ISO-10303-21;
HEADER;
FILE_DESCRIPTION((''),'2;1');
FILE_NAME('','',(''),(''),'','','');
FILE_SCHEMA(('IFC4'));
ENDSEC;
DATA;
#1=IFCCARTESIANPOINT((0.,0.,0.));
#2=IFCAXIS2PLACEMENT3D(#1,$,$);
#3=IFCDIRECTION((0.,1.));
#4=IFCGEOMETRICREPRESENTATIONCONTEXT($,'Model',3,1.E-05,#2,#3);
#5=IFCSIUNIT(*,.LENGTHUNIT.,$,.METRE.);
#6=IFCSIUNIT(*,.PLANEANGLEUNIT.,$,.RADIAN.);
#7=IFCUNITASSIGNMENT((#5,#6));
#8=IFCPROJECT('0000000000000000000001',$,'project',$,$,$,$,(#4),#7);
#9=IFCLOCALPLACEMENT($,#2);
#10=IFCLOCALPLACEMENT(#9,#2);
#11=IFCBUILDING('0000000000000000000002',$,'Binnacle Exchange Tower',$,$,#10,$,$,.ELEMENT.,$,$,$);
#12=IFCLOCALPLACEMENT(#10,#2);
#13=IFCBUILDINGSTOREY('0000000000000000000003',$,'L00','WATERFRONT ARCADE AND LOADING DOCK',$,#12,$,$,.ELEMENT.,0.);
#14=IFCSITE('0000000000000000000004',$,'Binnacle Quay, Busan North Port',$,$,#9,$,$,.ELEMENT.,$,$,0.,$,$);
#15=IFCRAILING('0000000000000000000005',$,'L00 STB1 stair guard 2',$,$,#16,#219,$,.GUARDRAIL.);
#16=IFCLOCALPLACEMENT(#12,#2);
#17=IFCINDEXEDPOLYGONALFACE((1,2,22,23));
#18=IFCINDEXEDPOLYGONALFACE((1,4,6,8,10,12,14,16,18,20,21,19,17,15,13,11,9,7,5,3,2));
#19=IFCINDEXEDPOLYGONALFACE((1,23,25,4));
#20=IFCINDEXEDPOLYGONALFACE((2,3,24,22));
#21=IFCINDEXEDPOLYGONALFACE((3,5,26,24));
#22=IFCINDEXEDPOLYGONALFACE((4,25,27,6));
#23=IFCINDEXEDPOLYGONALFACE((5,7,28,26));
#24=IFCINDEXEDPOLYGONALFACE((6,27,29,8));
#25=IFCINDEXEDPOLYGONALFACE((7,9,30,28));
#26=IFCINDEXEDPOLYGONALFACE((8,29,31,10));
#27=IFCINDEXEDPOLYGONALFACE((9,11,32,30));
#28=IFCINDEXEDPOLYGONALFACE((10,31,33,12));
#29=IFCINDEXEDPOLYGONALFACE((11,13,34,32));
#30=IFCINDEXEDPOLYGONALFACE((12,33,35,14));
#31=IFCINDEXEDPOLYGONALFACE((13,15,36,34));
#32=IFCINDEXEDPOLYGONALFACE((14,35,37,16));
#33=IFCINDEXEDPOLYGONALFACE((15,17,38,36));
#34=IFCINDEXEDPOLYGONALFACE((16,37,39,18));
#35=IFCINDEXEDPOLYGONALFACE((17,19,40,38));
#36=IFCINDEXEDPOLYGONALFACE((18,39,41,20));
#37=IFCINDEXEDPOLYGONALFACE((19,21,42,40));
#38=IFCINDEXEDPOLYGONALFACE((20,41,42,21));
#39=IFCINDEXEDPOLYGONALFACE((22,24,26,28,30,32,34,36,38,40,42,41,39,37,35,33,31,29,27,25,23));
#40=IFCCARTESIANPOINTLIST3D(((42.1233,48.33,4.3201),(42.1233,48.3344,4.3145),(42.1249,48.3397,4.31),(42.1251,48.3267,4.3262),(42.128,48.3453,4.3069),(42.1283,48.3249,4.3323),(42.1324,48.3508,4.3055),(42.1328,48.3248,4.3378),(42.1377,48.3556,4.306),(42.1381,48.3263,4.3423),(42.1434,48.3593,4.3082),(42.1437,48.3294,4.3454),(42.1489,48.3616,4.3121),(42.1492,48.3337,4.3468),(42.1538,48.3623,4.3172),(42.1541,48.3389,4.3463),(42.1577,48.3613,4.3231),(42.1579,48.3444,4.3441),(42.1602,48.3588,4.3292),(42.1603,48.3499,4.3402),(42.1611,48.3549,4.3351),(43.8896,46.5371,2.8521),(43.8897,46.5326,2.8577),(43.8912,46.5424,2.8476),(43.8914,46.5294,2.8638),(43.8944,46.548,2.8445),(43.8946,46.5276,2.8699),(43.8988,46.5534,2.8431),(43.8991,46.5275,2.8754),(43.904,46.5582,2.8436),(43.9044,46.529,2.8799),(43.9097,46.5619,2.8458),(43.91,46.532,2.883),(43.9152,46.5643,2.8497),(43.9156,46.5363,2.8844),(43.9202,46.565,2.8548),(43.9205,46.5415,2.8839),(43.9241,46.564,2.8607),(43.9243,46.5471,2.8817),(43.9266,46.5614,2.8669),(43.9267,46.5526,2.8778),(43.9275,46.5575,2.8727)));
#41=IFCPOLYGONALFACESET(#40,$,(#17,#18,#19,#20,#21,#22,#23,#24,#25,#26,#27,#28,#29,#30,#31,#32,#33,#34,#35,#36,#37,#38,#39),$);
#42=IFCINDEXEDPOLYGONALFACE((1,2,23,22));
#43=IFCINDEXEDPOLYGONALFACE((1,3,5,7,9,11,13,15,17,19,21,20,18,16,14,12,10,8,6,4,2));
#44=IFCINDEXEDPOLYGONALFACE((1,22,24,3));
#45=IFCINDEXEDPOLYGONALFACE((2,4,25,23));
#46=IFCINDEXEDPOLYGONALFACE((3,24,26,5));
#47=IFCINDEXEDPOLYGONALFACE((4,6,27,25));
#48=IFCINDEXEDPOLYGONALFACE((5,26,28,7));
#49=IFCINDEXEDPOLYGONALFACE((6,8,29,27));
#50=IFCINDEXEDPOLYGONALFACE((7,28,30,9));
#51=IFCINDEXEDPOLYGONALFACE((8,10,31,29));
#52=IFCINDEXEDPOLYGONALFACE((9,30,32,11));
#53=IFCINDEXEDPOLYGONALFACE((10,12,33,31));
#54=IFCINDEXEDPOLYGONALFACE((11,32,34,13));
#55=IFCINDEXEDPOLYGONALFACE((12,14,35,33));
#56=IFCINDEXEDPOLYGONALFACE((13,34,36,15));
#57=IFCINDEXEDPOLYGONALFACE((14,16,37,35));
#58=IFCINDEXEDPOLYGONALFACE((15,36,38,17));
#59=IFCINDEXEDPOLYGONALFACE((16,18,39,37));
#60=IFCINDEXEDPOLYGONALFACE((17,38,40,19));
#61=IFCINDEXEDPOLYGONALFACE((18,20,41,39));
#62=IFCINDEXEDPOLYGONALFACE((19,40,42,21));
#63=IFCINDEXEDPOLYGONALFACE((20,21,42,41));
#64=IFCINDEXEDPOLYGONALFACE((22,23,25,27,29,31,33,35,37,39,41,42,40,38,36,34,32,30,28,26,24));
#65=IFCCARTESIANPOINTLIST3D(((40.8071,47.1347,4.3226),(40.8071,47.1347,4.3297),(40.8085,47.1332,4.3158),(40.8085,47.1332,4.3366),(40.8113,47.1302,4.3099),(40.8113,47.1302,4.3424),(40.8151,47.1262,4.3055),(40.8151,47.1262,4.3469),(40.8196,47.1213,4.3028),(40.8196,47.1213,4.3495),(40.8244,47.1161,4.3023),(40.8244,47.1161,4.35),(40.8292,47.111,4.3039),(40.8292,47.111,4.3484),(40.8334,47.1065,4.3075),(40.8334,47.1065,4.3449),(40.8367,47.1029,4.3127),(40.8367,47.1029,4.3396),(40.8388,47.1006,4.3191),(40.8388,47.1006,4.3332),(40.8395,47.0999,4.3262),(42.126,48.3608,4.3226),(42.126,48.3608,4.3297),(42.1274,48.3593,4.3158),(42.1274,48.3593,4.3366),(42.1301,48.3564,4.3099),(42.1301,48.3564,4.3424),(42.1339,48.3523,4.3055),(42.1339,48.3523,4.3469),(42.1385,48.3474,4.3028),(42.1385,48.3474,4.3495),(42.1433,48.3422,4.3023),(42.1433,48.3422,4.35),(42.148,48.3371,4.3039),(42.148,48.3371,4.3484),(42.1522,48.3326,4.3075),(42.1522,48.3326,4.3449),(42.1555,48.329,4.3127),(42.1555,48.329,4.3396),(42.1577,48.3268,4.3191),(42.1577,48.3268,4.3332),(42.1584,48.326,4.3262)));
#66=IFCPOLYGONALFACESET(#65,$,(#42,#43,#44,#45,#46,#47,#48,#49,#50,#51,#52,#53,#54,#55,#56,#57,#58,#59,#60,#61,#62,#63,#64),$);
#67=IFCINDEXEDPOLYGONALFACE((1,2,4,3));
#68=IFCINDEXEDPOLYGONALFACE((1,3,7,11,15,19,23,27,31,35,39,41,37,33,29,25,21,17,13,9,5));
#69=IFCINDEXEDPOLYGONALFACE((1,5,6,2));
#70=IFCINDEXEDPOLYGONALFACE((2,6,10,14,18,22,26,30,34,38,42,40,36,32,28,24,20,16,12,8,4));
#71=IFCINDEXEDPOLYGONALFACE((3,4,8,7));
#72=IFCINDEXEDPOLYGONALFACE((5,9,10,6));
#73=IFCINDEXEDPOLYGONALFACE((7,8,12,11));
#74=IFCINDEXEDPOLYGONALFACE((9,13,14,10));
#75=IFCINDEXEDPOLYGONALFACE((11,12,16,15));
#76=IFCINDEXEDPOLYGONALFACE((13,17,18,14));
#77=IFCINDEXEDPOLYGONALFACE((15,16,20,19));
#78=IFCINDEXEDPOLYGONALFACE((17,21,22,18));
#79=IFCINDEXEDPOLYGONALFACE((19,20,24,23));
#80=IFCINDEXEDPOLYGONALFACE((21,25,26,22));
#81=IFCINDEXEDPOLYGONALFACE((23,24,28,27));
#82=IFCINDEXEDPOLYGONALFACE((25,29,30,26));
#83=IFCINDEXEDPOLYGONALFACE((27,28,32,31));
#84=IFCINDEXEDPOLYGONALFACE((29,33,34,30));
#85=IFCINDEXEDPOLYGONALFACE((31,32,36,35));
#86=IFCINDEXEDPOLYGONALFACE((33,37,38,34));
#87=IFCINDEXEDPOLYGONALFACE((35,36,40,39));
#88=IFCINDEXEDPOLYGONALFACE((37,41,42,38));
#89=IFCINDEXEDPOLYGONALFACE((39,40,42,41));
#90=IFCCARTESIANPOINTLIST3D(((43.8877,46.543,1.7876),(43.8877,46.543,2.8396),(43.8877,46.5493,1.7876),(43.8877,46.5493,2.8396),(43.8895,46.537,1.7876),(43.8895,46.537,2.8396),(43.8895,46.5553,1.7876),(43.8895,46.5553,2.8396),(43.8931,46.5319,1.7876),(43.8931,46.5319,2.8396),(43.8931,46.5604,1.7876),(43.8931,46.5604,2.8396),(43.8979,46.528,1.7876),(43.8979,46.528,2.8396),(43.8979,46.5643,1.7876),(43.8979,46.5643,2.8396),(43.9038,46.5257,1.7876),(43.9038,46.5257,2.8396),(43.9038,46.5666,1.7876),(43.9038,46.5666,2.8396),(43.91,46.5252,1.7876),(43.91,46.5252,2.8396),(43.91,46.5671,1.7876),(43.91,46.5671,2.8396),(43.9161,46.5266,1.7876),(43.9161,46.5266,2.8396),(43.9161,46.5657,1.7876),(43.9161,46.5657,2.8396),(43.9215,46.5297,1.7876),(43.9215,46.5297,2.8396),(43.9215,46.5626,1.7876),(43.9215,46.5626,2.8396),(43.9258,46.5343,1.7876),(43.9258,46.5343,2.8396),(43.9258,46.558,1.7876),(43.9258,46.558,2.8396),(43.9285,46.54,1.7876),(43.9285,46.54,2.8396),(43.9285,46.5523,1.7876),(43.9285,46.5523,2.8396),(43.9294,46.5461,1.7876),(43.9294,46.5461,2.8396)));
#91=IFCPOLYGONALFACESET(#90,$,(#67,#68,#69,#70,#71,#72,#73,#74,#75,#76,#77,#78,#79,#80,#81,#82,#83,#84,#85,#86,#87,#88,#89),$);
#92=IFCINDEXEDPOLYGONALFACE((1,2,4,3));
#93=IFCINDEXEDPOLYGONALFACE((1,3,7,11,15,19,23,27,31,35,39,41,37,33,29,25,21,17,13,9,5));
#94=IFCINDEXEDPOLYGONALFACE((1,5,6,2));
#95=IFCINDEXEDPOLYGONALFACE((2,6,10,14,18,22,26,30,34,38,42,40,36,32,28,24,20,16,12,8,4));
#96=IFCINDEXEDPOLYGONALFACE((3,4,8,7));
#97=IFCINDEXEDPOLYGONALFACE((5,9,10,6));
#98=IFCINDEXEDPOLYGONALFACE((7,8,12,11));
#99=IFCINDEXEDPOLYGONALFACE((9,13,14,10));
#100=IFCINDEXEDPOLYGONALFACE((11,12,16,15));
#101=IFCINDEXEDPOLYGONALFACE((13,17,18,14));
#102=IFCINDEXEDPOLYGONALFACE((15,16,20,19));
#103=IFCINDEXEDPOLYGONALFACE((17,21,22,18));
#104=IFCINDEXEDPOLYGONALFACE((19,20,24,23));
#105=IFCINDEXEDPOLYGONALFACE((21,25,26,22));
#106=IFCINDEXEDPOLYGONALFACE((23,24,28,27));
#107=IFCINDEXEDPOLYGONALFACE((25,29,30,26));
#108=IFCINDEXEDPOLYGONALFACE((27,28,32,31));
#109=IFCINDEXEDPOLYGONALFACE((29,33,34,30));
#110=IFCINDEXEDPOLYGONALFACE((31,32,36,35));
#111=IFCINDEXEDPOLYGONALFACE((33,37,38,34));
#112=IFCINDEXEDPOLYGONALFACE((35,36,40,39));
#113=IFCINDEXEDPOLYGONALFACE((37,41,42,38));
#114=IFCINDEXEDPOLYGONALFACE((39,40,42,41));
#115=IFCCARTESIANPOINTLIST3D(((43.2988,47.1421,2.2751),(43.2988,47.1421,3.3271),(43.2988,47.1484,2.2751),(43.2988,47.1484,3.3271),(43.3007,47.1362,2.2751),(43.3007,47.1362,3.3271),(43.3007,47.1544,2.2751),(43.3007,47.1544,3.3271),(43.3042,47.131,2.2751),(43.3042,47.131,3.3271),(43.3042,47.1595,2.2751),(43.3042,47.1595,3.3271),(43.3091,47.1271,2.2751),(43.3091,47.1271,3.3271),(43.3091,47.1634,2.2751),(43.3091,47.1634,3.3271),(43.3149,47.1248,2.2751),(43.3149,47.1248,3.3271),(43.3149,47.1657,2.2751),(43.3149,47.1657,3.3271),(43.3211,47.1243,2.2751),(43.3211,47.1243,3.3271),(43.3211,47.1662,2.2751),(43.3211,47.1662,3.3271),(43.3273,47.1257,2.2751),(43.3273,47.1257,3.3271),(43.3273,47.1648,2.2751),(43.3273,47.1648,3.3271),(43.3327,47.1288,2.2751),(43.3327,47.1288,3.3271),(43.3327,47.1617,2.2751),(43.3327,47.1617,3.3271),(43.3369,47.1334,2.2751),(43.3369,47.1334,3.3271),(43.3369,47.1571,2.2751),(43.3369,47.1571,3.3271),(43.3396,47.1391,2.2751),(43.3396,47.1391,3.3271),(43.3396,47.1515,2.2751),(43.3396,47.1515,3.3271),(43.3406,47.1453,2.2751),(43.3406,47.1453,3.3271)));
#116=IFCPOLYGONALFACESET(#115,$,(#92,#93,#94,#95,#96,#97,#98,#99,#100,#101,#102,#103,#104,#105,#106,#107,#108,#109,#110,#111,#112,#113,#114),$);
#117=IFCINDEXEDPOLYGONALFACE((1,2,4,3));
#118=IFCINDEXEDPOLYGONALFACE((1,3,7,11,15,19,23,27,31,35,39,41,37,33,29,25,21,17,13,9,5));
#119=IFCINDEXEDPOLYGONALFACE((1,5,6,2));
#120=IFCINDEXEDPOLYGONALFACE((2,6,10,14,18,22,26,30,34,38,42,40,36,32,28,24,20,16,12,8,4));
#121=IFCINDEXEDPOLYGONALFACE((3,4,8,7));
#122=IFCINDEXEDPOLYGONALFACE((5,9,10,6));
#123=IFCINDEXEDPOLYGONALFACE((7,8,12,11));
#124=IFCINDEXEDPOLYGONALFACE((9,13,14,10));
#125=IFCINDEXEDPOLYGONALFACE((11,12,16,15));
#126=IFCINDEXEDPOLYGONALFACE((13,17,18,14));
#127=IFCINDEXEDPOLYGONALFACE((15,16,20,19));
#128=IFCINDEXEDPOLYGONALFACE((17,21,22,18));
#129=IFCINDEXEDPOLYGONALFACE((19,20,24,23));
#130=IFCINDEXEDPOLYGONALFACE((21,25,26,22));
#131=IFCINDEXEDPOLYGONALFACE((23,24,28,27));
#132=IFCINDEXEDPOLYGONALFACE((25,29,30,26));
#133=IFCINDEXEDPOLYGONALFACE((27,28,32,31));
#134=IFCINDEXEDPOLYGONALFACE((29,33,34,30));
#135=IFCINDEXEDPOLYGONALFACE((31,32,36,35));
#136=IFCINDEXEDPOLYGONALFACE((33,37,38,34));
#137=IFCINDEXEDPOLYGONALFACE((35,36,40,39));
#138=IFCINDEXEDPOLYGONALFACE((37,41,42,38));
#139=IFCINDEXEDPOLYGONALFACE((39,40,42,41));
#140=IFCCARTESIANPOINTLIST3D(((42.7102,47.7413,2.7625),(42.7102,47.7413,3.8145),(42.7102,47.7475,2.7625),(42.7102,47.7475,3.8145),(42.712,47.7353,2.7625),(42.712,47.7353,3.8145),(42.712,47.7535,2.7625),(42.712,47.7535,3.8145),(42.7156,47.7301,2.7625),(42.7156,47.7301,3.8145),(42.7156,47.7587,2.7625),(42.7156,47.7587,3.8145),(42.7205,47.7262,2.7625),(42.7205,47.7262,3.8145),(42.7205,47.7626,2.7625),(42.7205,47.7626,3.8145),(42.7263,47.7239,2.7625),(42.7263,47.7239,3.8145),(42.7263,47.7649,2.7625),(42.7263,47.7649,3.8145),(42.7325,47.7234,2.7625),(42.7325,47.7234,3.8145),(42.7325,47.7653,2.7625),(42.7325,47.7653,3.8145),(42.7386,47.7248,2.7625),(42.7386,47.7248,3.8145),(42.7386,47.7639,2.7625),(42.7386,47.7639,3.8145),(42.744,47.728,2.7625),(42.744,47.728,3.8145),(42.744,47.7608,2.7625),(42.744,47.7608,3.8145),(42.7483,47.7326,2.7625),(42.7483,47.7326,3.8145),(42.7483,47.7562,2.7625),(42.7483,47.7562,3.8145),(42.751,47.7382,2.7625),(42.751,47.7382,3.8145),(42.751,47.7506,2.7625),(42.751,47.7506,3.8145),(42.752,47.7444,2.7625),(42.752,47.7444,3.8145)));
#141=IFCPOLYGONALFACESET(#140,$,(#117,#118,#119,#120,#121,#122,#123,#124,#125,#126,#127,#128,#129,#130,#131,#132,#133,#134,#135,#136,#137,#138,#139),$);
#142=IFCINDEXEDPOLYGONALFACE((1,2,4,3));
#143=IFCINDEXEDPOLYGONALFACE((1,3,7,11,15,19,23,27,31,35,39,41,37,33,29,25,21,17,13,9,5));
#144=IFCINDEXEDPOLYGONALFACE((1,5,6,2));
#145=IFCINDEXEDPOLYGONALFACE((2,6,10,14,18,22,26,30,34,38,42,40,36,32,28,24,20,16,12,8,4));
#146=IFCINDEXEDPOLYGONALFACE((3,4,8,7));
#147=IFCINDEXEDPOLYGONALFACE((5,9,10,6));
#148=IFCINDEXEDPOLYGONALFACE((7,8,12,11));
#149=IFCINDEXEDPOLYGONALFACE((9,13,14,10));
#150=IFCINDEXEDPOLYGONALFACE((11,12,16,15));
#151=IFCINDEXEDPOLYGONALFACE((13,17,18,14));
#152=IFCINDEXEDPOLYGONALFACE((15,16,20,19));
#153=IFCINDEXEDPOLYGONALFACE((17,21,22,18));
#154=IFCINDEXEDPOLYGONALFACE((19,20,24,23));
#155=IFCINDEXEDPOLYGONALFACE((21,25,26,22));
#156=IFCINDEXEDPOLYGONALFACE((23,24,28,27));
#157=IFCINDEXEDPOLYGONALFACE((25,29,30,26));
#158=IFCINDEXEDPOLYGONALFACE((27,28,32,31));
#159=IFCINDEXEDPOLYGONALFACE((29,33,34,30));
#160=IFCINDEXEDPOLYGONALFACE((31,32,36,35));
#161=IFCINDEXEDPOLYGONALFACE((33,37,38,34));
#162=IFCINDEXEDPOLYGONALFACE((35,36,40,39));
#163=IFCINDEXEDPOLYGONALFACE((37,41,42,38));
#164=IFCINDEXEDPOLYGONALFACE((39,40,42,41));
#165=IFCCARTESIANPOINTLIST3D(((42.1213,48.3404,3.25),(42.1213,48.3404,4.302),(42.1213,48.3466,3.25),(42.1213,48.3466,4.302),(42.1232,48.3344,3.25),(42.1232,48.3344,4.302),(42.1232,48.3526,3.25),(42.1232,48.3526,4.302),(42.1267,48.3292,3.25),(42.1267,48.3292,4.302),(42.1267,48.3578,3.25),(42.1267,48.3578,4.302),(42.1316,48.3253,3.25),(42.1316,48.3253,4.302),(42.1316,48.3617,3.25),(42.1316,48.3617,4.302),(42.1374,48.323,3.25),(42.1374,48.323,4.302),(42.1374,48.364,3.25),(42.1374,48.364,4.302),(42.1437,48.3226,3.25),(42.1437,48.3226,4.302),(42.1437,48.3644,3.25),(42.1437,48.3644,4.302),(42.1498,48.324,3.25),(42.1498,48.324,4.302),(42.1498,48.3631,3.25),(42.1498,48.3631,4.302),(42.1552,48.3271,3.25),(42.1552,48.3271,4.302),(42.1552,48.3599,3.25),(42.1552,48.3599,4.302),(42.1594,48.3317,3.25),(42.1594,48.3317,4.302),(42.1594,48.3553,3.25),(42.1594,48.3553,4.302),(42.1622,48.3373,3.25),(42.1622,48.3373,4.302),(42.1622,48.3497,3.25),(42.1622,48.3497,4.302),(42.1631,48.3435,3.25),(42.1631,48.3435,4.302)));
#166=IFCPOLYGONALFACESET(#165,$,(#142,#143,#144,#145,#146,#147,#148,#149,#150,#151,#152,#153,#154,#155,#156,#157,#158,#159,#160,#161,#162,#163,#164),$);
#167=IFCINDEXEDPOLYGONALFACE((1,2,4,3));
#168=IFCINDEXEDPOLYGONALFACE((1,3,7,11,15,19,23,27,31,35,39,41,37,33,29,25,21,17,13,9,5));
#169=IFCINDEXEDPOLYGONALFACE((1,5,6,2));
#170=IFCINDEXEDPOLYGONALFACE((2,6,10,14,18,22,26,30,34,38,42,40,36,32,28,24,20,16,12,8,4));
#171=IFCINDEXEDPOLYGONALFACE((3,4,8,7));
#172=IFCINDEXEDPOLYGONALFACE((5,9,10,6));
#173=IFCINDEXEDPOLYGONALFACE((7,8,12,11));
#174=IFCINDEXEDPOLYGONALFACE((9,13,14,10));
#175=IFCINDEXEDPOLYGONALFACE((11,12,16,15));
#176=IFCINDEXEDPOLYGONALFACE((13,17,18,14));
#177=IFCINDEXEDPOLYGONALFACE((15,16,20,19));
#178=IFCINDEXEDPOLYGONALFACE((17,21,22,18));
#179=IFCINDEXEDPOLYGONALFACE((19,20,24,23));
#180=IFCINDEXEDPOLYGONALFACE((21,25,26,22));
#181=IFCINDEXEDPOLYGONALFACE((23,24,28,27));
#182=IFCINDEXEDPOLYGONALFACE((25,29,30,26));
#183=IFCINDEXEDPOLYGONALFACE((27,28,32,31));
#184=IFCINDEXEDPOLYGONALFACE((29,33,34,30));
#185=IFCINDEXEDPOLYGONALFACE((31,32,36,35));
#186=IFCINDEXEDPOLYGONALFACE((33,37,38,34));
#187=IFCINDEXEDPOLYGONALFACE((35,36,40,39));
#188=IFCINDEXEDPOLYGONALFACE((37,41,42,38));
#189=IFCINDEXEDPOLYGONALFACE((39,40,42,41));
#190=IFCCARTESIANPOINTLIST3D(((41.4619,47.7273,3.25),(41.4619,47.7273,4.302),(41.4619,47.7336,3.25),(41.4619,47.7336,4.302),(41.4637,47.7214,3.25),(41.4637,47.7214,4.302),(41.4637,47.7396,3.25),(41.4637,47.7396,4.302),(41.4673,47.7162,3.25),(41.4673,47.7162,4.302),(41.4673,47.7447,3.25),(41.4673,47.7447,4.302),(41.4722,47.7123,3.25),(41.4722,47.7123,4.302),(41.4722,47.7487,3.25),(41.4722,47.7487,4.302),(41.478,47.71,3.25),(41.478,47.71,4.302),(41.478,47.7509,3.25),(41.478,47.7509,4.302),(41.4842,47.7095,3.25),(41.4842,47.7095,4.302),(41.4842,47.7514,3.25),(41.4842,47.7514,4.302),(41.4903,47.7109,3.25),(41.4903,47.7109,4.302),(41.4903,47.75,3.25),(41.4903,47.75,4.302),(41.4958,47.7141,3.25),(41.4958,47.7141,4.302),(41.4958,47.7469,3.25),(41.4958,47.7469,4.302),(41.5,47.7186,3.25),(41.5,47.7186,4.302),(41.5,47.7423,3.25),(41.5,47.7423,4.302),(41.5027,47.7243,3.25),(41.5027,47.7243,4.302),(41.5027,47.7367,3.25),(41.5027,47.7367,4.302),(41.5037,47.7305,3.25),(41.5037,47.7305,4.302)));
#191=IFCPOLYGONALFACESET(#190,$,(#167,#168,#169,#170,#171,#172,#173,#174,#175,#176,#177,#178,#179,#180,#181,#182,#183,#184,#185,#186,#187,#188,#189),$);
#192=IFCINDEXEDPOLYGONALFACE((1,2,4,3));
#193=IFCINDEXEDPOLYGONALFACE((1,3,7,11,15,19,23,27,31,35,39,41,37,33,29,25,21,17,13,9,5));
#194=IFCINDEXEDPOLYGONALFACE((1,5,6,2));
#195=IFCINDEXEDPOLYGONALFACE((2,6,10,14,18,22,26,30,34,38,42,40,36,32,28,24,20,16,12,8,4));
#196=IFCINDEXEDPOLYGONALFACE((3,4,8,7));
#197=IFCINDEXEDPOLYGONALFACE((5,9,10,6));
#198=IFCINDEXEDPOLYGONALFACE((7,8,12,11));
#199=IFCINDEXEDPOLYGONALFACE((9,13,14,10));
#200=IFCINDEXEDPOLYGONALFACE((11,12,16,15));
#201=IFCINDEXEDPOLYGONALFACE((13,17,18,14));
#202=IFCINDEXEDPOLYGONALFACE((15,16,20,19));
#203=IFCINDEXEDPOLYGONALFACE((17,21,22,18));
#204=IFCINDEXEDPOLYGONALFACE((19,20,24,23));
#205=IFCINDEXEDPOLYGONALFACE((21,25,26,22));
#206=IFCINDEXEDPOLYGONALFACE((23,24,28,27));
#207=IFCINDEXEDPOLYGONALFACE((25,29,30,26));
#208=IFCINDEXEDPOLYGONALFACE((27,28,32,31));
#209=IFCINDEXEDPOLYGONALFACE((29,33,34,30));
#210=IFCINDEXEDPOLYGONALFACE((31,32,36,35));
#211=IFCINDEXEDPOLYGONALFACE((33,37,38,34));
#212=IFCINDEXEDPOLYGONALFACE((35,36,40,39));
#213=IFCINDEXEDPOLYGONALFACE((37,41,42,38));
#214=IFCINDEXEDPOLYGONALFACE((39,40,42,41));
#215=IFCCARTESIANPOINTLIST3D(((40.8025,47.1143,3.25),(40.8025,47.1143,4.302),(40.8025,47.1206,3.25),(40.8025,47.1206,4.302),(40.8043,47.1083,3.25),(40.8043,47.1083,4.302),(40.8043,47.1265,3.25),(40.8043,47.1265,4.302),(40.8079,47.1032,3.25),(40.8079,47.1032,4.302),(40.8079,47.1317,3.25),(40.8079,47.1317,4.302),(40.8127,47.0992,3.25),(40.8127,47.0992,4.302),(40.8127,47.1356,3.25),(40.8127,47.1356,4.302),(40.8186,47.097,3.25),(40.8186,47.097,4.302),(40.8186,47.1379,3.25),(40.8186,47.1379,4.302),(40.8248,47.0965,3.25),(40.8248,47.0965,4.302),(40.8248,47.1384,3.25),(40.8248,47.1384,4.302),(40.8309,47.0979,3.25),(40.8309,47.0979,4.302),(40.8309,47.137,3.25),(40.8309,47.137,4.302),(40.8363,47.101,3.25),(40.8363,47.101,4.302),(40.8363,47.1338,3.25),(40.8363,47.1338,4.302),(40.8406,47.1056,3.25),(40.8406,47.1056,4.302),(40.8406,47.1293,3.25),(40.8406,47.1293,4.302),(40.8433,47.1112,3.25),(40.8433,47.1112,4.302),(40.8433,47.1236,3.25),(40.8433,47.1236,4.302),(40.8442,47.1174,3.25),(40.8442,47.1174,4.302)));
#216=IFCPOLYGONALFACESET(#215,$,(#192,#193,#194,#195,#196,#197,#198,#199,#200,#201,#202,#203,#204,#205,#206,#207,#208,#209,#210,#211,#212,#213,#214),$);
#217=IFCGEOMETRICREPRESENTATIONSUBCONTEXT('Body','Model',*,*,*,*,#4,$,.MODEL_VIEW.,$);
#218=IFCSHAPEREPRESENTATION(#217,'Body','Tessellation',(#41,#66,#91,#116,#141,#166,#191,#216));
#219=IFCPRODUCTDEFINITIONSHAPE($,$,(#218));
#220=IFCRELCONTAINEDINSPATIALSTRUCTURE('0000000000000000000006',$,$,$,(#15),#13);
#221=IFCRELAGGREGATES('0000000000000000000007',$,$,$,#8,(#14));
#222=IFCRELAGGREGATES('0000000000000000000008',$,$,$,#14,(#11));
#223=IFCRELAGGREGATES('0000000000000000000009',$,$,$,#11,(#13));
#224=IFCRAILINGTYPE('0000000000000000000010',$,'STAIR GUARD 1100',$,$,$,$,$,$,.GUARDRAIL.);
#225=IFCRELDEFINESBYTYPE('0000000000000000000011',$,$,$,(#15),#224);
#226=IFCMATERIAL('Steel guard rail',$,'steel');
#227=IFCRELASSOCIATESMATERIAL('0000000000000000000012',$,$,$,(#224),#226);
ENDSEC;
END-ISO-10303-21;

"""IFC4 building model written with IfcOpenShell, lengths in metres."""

from ifc_helpers import new_model, si_unit, direction, frame, origin, origin_2d, place, context, subcontext, project, spatial, circle, extrude, material, type_object, element, save


model = new_model("IFC4")

# Units and contexts
model_context = context("Model", 3, precision=1e-05, world=origin(), true_north=direction((0.0, 1.0)))
body_context = subcontext(model_context, "Body", "Model", "MODEL_VIEW")
ifc_project = project(units=[si_unit("LENGTHUNIT", "METRE"), si_unit("PLANEANGLEUNIT", "RADIAN")], contexts=[model_context])

# Site, building, storey
site_placement = place(None, origin())
site = spatial("IfcSite", under=ifc_project, at=site_placement, Name="Binnacle Quay, Busan North Port", CompositionType="ELEMENT", RefElevation=0.0)
building_placement = place(site_placement, origin())
building = spatial("IfcBuilding", under=site, at=building_placement, Name="Binnacle Exchange Tower", CompositionType="ELEMENT")
storey_placement = place(building_placement, origin())
storey = spatial("IfcBuildingStorey", under=building, at=storey_placement, Name="L00", Description="WATERFRONT ARCADE AND LOADING DOCK", CompositionType="ELEMENT", Elevation=0.0)

# Railing
ifc_material_1 = material(Name="Steel guard rail", Category="steel")
railing_type_1 = type_object("IfcRailingType", Name="STAIR GUARD 1100", PredefinedType="GUARDRAIL", material=ifc_material_1)
railing_1_placement = place(storey_placement, frame((43.9084, 46.5461, 1.7876)))
element("IfcRailing", 1, at=railing_1_placement, inside=storey, type_object=railing_type_1, Name="L00 STB1 stair guard 2", PredefinedType="GUARDRAIL", context=body_context, shape_type="SweptSolid", body=[
    extrude(circle(Radius=0.0239, at=origin_2d()), frame((0.0, 0.0, 1.0762), z_axis=(-0.606243, 0.616884, 0.50192), x_axis=(-0.713232, -0.700928, 0.0)), (0.0, 0.0, 1.0), 2.9136),
    extrude(circle(Radius=0.0239, at=origin_2d()), frame((-1.7664, 1.7974, 2.5386), z_axis=(-0.732397, -0.680877, 0.0), x_axis=(0.680877, -0.732397, 0.0)), (0.0, 0.0, 1.0), 1.8008),
    extrude(circle(Radius=0.021, at=origin_2d()), origin(), (0.0, 0.0, 1.0), 1.052),
    extrude(circle(Radius=0.021, at=origin_2d()), frame((-0.5889, 0.5991, 0.4875)), (0.0, 0.0, 1.0), 1.052),
    extrude(circle(Radius=0.021, at=origin_2d()), frame((-1.1775, 1.1982, 0.9749)), (0.0, 0.0, 1.0), 1.052),
    extrude(circle(Radius=0.021, at=origin_2d()), frame((-1.7664, 1.7974, 1.4624)), (0.0, 0.0, 1.0), 1.052),
    extrude(circle(Radius=0.021, at=origin_2d()), frame((-2.4258, 1.1843, 1.4624)), (0.0, 0.0, 1.0), 1.052),
    extrude(circle(Radius=0.021, at=origin_2d()), frame((-3.0852, 0.5713, 1.4624)), (0.0, 0.0, 1.0), 1.052),
])

save(model, "model.ifc")
